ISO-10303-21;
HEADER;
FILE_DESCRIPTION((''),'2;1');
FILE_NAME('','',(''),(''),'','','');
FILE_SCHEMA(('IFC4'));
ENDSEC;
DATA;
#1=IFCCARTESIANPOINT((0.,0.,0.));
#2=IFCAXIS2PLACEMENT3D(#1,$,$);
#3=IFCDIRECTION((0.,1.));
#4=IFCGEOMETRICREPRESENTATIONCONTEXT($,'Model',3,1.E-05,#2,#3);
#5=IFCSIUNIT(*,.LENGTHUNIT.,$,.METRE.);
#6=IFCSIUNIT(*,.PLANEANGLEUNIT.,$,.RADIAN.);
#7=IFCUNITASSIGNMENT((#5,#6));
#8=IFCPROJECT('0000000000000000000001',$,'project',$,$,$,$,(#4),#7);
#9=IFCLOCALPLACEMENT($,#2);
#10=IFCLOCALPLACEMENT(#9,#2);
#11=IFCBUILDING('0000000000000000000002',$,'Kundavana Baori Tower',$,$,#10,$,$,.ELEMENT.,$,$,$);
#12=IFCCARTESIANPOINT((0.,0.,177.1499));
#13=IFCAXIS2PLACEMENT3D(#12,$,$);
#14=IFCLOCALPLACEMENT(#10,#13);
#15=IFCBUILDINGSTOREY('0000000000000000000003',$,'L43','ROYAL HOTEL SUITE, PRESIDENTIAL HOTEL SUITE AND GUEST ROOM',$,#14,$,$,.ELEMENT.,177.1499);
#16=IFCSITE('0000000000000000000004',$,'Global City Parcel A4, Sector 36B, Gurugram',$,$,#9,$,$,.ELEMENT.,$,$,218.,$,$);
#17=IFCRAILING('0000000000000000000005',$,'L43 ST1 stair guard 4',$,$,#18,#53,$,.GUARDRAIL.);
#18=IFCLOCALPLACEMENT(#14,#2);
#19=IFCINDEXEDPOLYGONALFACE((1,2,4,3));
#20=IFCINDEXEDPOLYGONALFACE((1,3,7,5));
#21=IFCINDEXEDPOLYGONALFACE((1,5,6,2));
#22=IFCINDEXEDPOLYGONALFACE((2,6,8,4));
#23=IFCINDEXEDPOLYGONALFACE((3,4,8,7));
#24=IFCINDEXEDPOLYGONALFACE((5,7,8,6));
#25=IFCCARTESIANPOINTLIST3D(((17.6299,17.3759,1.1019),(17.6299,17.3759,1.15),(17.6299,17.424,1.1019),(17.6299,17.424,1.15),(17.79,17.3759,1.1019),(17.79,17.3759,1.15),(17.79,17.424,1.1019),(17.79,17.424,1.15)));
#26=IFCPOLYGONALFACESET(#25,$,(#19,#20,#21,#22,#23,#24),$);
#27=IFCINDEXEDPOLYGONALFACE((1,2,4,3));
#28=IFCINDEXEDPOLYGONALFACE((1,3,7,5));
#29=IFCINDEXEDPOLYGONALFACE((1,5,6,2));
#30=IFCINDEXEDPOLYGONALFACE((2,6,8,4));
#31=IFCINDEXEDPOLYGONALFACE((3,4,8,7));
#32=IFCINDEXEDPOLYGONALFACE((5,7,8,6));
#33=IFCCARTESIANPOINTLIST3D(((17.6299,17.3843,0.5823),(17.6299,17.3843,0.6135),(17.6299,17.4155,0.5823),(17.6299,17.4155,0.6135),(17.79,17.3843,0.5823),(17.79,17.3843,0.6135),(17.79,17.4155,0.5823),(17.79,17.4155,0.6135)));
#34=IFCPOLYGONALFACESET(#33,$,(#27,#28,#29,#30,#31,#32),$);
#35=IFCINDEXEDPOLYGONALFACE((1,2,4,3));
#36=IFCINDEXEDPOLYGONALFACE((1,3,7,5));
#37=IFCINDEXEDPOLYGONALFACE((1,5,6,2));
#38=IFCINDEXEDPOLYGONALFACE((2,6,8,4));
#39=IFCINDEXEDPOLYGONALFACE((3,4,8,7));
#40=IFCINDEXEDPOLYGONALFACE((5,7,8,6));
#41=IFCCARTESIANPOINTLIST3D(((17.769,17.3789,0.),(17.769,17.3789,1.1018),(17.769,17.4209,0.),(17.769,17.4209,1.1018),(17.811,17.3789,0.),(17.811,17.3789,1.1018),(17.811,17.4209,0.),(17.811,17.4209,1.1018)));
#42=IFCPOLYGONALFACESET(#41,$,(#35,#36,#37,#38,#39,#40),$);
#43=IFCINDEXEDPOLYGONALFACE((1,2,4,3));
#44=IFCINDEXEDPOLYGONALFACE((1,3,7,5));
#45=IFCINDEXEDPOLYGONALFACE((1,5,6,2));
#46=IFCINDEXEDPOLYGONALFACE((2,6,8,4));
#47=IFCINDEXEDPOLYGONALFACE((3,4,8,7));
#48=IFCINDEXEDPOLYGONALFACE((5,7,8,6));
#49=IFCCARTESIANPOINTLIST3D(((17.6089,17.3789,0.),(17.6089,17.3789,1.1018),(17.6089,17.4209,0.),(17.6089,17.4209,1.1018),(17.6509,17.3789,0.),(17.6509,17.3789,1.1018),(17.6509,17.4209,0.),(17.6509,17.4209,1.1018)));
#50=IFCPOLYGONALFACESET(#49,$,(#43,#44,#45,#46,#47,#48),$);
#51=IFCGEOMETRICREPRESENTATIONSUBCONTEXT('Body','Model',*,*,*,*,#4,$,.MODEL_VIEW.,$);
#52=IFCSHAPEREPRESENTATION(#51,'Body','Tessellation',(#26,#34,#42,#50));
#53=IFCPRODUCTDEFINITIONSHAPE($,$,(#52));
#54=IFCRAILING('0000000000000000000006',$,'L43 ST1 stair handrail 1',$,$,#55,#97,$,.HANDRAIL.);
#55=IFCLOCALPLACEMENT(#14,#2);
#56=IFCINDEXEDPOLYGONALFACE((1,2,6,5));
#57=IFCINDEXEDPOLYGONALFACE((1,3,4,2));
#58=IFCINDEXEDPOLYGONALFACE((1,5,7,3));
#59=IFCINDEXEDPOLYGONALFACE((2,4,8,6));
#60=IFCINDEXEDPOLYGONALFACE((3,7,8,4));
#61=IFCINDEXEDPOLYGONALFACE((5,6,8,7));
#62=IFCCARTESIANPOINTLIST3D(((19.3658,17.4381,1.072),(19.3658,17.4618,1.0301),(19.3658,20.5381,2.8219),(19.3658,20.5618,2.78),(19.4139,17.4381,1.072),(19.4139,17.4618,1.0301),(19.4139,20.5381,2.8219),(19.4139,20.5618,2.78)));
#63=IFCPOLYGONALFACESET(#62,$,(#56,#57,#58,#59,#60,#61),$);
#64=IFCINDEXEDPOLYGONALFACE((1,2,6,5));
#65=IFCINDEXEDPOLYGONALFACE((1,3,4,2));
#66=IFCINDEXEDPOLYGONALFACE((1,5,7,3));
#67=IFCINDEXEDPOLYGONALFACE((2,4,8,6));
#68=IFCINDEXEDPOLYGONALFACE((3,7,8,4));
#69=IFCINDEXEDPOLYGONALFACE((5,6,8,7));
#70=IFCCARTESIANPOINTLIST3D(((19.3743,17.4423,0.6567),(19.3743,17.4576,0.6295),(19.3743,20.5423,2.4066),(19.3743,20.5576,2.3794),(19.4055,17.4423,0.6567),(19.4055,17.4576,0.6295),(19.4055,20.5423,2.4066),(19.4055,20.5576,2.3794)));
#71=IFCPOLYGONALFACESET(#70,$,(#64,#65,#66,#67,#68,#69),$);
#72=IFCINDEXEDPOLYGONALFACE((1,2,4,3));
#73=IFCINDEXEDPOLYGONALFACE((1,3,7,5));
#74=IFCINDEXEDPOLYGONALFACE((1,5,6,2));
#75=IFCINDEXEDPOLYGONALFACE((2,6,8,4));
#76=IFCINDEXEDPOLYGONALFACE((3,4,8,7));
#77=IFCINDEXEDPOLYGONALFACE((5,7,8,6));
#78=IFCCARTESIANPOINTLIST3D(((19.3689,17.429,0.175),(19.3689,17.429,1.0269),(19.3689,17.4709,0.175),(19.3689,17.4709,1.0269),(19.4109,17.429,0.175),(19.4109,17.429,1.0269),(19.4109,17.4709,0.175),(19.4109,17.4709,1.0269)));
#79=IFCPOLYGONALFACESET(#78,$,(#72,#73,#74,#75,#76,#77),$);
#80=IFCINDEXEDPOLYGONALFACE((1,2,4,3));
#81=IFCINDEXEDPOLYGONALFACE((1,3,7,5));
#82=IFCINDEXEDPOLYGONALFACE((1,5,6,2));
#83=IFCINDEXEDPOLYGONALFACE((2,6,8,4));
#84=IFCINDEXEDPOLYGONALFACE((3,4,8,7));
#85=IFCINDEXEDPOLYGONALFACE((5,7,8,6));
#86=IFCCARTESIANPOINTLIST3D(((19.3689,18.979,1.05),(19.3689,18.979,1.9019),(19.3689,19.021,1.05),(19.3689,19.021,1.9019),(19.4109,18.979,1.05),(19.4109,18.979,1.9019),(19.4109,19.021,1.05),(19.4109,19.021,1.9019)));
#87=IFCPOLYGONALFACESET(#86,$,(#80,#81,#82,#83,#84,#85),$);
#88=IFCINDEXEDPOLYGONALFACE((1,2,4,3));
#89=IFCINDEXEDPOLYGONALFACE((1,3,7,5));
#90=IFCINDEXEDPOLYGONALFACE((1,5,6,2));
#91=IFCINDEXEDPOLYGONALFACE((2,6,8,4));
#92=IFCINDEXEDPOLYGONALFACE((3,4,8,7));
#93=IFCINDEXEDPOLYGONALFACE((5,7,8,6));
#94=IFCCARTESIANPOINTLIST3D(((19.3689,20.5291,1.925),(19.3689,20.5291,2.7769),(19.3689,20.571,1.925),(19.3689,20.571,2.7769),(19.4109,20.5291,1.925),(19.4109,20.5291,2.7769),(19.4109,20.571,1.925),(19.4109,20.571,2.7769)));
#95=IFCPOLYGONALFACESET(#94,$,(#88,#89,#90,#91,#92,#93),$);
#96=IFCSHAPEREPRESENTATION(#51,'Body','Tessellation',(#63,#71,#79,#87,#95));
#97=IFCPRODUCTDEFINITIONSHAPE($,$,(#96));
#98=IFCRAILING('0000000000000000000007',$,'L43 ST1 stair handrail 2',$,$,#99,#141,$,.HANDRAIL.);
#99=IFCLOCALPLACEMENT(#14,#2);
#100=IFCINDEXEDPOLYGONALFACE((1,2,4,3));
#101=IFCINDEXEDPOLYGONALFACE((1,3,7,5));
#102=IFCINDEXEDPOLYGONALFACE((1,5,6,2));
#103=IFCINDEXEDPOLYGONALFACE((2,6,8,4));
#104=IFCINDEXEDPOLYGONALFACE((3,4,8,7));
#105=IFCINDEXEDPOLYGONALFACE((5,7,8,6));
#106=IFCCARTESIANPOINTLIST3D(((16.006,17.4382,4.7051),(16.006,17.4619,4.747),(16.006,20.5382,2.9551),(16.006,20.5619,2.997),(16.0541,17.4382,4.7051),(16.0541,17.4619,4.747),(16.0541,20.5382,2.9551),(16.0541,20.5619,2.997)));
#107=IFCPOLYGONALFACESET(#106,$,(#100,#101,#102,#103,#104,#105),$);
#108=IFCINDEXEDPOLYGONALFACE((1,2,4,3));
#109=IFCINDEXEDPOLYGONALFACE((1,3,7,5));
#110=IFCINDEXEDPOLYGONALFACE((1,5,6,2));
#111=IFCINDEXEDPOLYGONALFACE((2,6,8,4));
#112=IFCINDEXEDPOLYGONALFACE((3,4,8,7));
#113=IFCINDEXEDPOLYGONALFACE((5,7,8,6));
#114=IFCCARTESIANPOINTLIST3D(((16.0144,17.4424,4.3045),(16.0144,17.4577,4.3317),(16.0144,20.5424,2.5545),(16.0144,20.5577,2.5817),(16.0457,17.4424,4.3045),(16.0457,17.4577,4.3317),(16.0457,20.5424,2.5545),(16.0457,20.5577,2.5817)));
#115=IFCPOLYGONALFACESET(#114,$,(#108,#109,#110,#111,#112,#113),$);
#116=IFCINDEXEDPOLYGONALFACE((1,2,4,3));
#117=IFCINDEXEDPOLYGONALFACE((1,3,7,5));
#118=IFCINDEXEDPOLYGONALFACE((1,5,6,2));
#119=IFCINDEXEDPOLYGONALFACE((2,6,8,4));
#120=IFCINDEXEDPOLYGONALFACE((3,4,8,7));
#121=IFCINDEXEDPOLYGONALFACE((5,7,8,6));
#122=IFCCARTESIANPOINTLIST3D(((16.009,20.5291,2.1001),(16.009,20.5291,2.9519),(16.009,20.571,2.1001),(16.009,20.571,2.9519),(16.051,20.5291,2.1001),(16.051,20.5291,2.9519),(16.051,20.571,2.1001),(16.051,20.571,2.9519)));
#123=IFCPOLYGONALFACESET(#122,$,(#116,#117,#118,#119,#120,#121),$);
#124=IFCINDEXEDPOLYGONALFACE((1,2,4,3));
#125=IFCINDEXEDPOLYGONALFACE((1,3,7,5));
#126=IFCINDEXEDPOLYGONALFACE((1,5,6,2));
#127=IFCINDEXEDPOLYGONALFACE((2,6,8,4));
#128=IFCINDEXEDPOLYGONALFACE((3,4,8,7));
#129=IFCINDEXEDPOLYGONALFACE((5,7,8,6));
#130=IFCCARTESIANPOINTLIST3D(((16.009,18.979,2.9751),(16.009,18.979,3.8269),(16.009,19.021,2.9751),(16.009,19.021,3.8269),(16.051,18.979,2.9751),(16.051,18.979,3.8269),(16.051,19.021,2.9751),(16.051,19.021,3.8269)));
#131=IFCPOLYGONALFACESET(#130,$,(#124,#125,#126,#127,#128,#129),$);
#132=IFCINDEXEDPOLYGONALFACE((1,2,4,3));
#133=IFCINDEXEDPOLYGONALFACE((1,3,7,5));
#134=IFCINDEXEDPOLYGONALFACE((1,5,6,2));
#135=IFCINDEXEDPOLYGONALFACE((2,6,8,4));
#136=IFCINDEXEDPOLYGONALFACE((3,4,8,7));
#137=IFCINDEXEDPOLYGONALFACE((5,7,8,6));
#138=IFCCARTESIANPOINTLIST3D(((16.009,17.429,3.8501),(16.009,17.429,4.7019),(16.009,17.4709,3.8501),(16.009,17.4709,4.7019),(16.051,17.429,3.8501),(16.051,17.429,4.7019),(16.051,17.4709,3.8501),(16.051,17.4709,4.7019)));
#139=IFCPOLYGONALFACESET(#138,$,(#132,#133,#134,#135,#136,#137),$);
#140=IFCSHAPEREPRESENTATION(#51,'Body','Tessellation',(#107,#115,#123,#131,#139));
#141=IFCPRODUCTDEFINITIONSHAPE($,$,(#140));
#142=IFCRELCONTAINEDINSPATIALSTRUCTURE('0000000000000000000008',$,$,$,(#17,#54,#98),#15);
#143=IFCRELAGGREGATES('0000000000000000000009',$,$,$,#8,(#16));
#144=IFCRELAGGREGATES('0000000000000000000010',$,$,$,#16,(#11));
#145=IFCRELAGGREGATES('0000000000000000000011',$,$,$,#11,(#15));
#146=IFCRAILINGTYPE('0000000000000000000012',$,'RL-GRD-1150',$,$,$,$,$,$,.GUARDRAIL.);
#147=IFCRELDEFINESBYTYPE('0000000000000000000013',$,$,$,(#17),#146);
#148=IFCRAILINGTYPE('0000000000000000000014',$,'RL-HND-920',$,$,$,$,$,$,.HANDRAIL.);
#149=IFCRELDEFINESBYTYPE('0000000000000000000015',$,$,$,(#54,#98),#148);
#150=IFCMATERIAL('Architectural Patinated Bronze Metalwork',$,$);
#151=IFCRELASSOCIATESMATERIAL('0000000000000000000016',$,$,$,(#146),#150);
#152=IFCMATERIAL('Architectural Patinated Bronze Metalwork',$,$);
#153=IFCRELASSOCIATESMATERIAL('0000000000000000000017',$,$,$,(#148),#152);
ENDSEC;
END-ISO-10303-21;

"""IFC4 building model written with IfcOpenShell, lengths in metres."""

from ifc_helpers import new_model, si_unit, direction, frame, origin, origin_2d, place, context, subcontext, project, spatial, rectangle, extrude, material, type_object, element, save


model = new_model("IFC4")

# Units and contexts
model_context = context("Model", 3, precision=1e-05, world=origin(), true_north=direction((0.0, 1.0)))
body_context = subcontext(model_context, "Body", "Model", "MODEL_VIEW")
ifc_project = project(units=[si_unit("LENGTHUNIT", "METRE"), si_unit("PLANEANGLEUNIT", "RADIAN")], contexts=[model_context])

# Site, building, storey
site_placement = place(None, origin())
site = spatial("IfcSite", under=ifc_project, at=site_placement, Name="Global City Parcel A4, Sector 36B, Gurugram", CompositionType="ELEMENT", RefElevation=218.0)
building_placement = place(site_placement, origin())
building = spatial("IfcBuilding", under=site, at=building_placement, Name="Kundavana Baori Tower", CompositionType="ELEMENT")
storey_placement = place(building_placement, frame((0.0, 0.0, 177.1499)))
storey = spatial("IfcBuildingStorey", under=building, at=storey_placement, Name="L43", Description="ROYAL HOTEL SUITE, PRESIDENTIAL HOTEL SUITE AND GUEST ROOM", CompositionType="ELEMENT", Elevation=177.1499)

# Railings
ifc_material_1 = material(Name="Architectural Patinated Bronze Metalwork")
railing_type_1 = type_object("IfcRailingType", Name="RL-GRD-1150", PredefinedType="GUARDRAIL", material=ifc_material_1)
railing_1_placement = place(storey_placement, frame((17.79, 17.3999, 0.0)))
element("IfcRailing", 1, at=railing_1_placement, inside=storey, type_object=railing_type_1, Name="L43 ST1 stair guard 4", PredefinedType="GUARDRAIL", context=body_context, shape_type="SweptSolid", body=[
    extrude(rectangle(XDim=0.0481, YDim=0.0481, at=origin_2d()), frame((0.0, 0.0, 1.126), z_axis=(-1.0, 0.0, 0.0), x_axis=(0.0, -1.0, 0.0)), (0.0, 0.0, 1.0), 0.1602),
    extrude(rectangle(XDim=0.0312, YDim=0.0312, at=origin_2d()), frame((0.0, 0.0, 0.5979), z_axis=(-1.0, 0.0, 0.0), x_axis=(0.0, -1.0, 0.0)), (0.0, 0.0, 1.0), 0.1602),
    extrude(rectangle(XDim=0.042, YDim=0.042, at=origin_2d()), origin(), (0.0, 0.0, 1.0), 1.1018),
    extrude(rectangle(XDim=0.042, YDim=0.042, at=origin_2d()), frame((-0.1602, 0.0, 0.0)), (0.0, 0.0, 1.0), 1.1018),
])
ifc_material_2 = material(Name="Architectural Patinated Bronze Metalwork")
railing_type_2 = type_object("IfcRailingType", Name="RL-HND-920", PredefinedType="HANDRAIL", material=ifc_material_2)
railing_2_placement = place(storey_placement, frame((19.3899, 17.45, 0.175)))
element("IfcRailing", 2, at=railing_2_placement, inside=storey, type_object=railing_type_2, Name="L43 ST1 stair handrail 1", PredefinedType="HANDRAIL", context=body_context, shape_type="SweptSolid", body=[
    extrude(rectangle(XDim=0.0481, YDim=0.0481, at=origin_2d()), frame((0.0, 0.0, 0.876), z_axis=(0.0, 0.870831, 0.491583), x_axis=(-1.0, 0.0, 0.0)), (0.0, 0.0, 1.0), 3.5598),
    extrude(rectangle(XDim=0.0312, YDim=0.0312, at=origin_2d()), frame((0.0, 0.0, 0.468), z_axis=(0.0, 0.870831, 0.491583), x_axis=(-1.0, 0.0, 0.0)), (0.0, 0.0, 1.0), 3.5598),
    extrude(rectangle(XDim=0.042, YDim=0.042, at=origin_2d()), origin(), (0.0, 0.0, 1.0), 0.8518),
    extrude(rectangle(XDim=0.042, YDim=0.042, at=origin_2d()), frame((0.0, 1.55, 0.875)), (0.0, 0.0, 1.0), 0.8518),
    extrude(rectangle(XDim=0.042, YDim=0.042, at=origin_2d()), frame((0.0, 3.1001, 1.75)), (0.0, 0.0, 1.0), 0.8518),
])
railing_3_placement = place(storey_placement, frame((16.03, 20.55, 2.1001)))
element("IfcRailing", 3, at=railing_3_placement, inside=storey, type_object=railing_type_2, Name="L43 ST1 stair handrail 2", PredefinedType="HANDRAIL", context=body_context, shape_type="SweptSolid", body=[
    extrude(rectangle(XDim=0.0481, YDim=0.0481, at=origin_2d()), frame((0.0, 0.0, 0.876), z_axis=(0.0, -0.870831, 0.491583), x_axis=(1.0, 0.0, 0.0)), (0.0, 0.0, 1.0), 3.5598),
    extrude(rectangle(XDim=0.0312, YDim=0.0312, at=origin_2d()), frame((0.0, 0.0, 0.468), z_axis=(0.0, -0.870831, 0.491583), x_axis=(1.0, 0.0, 0.0)), (0.0, 0.0, 1.0), 3.5598),
    extrude(rectangle(XDim=0.042, YDim=0.042, at=origin_2d()), origin(), (0.0, 0.0, 1.0), 0.8518),
    extrude(rectangle(XDim=0.042, YDim=0.042, at=origin_2d()), frame((0.0, -1.55, 0.875)), (0.0, 0.0, 1.0), 0.8518),
    extrude(rectangle(XDim=0.042, YDim=0.042, at=origin_2d()), frame((0.0, -3.1001, 1.75)), (0.0, 0.0, 1.0), 0.8518),
])

save(model, "model.ifc")
